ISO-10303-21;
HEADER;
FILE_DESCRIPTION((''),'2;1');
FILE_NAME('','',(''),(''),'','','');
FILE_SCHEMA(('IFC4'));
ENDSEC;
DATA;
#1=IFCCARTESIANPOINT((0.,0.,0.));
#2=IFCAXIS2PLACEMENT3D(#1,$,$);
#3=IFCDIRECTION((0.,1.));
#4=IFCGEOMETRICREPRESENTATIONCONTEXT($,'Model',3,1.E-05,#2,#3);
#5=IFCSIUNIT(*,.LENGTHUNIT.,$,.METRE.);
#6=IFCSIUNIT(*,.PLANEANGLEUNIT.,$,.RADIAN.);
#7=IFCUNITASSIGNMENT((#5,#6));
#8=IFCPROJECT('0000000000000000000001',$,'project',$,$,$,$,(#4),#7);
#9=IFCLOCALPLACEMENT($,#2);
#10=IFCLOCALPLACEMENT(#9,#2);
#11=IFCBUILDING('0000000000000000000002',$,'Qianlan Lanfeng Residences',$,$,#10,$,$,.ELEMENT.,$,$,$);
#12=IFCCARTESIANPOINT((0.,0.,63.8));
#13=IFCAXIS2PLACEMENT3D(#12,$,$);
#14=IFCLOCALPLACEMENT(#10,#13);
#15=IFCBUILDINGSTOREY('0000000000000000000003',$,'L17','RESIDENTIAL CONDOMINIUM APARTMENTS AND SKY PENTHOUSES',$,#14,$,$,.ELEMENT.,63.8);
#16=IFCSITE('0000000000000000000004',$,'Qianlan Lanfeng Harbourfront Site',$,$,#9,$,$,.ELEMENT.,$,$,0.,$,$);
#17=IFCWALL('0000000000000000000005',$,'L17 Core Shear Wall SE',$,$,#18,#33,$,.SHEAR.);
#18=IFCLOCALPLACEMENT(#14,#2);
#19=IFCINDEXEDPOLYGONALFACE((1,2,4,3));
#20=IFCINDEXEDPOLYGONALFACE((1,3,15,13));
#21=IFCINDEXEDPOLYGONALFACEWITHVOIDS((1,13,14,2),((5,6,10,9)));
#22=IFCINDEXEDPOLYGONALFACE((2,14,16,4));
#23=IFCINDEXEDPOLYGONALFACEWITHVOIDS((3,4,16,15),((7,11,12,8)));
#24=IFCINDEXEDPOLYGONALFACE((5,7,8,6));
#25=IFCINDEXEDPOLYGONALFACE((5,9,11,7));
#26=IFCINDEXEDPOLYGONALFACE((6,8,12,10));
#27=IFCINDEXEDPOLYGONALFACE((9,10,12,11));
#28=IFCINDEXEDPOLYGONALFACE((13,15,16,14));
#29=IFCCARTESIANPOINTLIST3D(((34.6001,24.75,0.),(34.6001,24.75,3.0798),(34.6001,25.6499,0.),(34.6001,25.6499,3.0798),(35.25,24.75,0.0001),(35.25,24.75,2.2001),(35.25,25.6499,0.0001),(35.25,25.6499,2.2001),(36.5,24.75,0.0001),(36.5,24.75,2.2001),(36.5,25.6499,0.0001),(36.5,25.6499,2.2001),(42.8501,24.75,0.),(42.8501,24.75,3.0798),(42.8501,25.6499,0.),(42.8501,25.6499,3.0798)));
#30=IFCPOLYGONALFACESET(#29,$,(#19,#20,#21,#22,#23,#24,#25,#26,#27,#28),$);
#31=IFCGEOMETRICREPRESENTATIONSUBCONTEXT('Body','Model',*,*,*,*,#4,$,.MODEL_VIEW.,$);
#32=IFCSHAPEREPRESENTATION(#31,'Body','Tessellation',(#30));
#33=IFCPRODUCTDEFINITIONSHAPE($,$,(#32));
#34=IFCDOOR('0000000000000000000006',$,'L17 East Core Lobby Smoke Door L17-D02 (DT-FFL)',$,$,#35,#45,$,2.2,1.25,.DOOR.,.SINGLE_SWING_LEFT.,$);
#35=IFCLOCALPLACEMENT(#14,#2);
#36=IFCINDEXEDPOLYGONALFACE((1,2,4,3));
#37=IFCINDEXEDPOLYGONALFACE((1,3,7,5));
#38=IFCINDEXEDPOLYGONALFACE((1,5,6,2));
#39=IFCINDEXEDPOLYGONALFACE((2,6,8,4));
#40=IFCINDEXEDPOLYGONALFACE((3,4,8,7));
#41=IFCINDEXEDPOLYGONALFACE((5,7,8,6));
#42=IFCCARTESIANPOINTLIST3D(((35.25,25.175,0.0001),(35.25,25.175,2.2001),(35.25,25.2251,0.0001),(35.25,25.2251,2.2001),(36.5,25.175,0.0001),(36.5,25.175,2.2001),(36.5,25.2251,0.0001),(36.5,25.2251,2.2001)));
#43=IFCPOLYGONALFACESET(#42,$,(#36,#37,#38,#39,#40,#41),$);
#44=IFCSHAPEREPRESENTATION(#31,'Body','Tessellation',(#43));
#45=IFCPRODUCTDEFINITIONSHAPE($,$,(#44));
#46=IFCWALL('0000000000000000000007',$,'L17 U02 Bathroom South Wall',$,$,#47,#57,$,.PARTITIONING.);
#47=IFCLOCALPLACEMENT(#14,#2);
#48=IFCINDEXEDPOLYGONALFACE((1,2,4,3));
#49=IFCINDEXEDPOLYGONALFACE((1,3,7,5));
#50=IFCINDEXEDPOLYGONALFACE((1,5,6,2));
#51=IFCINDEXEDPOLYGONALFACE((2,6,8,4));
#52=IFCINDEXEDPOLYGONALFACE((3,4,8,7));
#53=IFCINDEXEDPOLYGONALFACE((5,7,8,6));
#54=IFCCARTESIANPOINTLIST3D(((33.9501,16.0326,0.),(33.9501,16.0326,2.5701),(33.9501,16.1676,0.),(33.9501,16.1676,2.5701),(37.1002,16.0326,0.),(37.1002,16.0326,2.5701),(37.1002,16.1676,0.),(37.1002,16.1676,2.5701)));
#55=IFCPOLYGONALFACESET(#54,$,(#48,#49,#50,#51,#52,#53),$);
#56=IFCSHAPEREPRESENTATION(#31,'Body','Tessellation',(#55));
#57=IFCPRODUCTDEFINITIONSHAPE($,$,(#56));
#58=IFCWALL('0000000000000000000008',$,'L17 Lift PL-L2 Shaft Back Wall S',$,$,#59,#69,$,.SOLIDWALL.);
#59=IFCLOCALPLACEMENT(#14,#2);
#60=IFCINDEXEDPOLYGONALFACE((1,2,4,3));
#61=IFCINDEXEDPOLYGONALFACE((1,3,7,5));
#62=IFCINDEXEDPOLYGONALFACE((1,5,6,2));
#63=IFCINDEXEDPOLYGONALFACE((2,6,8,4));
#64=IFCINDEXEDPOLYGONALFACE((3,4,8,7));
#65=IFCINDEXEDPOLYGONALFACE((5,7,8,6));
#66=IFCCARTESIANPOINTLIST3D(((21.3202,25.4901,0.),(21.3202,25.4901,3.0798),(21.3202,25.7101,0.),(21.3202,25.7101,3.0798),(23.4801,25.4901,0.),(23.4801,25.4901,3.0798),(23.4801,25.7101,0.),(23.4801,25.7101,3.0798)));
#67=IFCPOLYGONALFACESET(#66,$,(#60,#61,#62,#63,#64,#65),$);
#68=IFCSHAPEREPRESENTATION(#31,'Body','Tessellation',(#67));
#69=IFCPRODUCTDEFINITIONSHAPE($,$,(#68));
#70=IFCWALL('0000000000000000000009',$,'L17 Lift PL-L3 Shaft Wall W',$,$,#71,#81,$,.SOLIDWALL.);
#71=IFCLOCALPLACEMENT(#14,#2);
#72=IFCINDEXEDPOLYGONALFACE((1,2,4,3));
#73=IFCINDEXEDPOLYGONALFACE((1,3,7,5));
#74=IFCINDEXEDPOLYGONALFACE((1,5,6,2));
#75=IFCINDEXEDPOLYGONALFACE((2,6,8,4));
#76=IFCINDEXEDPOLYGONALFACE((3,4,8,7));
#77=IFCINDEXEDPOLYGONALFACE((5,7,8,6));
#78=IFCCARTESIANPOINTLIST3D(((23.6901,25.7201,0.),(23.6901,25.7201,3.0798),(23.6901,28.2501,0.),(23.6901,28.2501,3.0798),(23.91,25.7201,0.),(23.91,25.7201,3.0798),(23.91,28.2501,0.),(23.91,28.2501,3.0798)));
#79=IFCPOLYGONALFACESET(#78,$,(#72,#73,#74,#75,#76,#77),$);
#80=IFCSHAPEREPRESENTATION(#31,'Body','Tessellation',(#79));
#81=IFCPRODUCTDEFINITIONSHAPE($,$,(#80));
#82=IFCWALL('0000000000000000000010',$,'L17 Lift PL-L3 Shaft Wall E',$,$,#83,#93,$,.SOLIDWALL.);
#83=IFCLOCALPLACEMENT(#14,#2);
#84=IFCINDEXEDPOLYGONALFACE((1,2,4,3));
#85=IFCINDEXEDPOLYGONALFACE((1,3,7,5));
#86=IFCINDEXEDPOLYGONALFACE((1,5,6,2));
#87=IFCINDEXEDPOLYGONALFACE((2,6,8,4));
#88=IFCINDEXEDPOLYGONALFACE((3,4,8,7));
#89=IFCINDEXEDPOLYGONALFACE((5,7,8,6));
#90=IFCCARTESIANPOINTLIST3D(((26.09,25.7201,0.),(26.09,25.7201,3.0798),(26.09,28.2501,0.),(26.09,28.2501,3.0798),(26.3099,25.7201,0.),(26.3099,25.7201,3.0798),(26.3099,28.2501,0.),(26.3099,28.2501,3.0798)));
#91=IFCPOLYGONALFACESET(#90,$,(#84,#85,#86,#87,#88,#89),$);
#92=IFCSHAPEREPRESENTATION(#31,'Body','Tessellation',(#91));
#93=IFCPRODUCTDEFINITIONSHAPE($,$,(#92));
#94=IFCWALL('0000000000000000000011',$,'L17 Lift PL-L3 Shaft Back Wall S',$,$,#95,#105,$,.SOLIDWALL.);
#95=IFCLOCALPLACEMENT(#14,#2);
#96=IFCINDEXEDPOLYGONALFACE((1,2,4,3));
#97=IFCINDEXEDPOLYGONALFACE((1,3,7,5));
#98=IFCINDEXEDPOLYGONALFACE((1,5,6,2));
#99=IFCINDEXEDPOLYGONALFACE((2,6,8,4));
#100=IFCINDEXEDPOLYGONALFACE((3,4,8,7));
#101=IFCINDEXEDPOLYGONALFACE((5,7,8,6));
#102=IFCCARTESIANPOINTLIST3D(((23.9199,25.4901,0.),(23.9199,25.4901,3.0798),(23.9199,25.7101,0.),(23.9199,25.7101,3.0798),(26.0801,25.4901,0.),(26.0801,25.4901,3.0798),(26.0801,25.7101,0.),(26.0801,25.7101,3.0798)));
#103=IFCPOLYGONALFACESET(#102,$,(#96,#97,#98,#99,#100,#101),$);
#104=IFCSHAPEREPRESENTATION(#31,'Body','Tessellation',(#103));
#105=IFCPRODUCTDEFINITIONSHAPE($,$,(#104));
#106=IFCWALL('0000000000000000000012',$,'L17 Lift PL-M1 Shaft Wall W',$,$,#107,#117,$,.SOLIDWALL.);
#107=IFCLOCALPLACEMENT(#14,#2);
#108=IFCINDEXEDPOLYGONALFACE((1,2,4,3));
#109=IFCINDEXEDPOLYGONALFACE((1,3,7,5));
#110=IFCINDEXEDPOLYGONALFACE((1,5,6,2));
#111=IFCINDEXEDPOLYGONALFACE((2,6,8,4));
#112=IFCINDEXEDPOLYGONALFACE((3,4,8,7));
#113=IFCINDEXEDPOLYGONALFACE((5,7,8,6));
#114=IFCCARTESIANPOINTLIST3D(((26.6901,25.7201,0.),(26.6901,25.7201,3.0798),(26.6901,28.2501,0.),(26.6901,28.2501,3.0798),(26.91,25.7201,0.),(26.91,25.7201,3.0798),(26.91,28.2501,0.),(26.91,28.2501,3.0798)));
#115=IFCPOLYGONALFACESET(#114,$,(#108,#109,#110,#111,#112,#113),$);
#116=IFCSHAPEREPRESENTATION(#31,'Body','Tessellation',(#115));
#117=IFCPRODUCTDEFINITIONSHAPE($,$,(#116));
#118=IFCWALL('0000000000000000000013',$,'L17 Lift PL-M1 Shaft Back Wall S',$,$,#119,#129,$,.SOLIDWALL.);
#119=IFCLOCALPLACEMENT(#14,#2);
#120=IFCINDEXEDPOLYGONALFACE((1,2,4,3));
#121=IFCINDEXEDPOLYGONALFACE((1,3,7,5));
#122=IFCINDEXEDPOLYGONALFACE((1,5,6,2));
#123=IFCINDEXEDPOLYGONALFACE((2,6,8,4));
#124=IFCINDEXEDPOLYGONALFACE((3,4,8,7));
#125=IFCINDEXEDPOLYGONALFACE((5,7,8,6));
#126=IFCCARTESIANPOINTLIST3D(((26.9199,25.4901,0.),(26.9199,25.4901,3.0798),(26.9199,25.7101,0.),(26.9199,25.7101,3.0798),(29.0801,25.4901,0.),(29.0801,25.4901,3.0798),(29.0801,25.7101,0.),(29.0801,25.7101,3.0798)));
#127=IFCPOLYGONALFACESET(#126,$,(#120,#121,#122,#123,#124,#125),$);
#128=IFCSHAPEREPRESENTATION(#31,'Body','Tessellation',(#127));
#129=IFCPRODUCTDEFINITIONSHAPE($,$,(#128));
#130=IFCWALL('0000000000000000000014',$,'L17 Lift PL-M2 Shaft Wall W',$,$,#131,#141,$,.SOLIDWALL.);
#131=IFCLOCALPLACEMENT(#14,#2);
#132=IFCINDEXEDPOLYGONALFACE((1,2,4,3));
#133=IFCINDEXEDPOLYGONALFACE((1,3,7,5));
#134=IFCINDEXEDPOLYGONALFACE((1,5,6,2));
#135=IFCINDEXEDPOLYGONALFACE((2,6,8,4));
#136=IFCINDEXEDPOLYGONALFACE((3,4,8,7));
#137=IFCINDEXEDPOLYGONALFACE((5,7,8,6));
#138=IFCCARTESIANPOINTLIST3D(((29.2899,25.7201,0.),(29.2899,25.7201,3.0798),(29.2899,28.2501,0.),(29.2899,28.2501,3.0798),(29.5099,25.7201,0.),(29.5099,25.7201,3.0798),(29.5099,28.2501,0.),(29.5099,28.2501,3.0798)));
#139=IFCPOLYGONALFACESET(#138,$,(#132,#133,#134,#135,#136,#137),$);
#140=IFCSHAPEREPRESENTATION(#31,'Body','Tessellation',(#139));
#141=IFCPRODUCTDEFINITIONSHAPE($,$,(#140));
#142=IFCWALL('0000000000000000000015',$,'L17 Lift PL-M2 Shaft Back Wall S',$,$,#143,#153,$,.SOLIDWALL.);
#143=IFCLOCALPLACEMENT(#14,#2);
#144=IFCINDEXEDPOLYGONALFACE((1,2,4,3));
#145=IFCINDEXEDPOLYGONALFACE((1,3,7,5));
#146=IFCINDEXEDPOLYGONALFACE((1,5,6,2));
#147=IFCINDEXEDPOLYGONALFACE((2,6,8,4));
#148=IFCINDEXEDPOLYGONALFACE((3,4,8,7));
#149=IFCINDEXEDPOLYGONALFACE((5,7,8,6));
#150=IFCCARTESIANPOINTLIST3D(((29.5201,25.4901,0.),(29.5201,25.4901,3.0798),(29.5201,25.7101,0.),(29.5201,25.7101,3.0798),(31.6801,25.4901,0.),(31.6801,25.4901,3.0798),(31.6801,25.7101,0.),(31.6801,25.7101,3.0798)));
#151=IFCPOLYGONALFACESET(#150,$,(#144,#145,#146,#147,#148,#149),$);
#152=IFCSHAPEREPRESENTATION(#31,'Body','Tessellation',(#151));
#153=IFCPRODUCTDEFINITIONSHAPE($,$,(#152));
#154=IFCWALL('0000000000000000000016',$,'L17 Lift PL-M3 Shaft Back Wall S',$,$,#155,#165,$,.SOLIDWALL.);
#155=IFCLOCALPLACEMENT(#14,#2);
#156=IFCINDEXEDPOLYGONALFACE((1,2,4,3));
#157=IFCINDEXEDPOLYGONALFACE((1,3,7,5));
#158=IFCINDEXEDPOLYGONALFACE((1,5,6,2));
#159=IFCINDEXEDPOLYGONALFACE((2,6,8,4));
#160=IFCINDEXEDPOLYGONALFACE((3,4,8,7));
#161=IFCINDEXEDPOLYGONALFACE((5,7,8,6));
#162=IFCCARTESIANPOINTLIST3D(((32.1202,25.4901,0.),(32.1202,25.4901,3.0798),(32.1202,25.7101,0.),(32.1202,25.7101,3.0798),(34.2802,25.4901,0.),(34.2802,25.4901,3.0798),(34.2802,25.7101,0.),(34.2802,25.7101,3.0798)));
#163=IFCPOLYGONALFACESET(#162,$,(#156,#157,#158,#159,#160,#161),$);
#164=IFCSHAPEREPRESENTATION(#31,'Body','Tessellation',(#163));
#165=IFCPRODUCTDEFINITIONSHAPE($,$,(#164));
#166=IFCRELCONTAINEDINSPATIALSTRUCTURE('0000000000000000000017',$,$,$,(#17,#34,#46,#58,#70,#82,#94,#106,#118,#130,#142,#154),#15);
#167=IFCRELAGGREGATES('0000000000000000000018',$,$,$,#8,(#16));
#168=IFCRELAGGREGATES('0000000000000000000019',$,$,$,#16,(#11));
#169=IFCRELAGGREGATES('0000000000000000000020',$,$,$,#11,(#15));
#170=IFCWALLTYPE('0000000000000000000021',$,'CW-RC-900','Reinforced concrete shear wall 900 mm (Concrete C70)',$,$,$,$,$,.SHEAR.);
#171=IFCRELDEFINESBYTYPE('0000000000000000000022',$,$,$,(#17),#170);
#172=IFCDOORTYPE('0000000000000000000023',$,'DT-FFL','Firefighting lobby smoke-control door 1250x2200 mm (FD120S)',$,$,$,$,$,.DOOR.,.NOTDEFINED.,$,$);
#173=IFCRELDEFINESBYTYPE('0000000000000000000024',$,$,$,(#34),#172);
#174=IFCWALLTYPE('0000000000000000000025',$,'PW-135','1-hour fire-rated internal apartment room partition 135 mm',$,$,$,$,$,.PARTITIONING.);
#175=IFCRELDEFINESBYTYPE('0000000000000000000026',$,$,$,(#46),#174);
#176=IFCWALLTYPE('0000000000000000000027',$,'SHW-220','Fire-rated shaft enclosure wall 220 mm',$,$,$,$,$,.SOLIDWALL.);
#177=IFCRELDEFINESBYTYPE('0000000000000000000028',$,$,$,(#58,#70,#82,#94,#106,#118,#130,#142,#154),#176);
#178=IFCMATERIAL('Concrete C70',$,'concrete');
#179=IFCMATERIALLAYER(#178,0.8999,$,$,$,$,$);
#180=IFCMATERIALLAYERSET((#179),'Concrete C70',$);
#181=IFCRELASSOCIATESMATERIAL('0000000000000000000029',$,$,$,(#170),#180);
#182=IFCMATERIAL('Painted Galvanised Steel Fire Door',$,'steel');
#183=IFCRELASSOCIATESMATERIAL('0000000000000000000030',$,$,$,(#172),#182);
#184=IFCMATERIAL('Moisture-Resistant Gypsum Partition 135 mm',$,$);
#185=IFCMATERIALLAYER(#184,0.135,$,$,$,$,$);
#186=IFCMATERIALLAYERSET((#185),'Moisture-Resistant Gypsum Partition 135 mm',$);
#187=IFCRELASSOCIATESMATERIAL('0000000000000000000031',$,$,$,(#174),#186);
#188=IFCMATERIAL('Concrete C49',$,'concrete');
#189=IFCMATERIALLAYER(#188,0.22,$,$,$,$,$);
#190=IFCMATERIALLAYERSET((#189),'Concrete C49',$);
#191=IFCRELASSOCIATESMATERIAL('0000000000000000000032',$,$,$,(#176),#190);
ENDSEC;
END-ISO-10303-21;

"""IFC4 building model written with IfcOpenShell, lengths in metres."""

from ifc_helpers import new_model, si_unit, direction, frame, frame_2d, origin, place, context, subcontext, project, spatial, rectangle, extrude, material, layer, layer_set, type_object, element, fill, save


model = new_model("IFC4")

# Units and contexts
model_context = context("Model", 3, precision=1e-05, world=origin(), true_north=direction((0.0, 1.0)))
body_context = subcontext(model_context, "Body", "Model", "MODEL_VIEW")
ifc_project = project(units=[si_unit("LENGTHUNIT", "METRE"), si_unit("PLANEANGLEUNIT", "RADIAN")], contexts=[model_context])

# Site, building, storey
site_placement = place(None, origin())
site = spatial("IfcSite", under=ifc_project, at=site_placement, Name="Qianlan Lanfeng Harbourfront Site", CompositionType="ELEMENT", RefElevation=0.0)
building_placement = place(site_placement, origin())
building = spatial("IfcBuilding", under=site, at=building_placement, Name="Qianlan Lanfeng Residences", CompositionType="ELEMENT")
storey_placement = place(building_placement, frame((0.0, 0.0, 63.8)))
storey = spatial("IfcBuildingStorey", under=building, at=storey_placement, Name="L17", Description="RESIDENTIAL CONDOMINIUM APARTMENTS AND SKY PENTHOUSES", CompositionType="ELEMENT", Elevation=63.8)

# Wall, opening, door
ifc_material_1 = material(Name="Concrete C70", Category="concrete")
ifc_layer_1 = layer(ifc_material_1, 0.8999)
ifc_layer_set_1 = layer_set([ifc_layer_1], Name="Concrete C70")
wall_type_1 = type_object("IfcWallType", Name="CW-RC-900", Description="Reinforced concrete shear wall 900 mm (Concrete C70)", PredefinedType="SHEAR", material=ifc_layer_set_1)
wall_1_placement = place(storey_placement, frame((34.6001, 25.2, 0.0), z_axis=(0.0, 0.0, 1.0), x_axis=(1.0, 0.0, 0.0)))
wall_1 = element("IfcWall", 1, at=wall_1_placement, inside=storey, type_object=wall_type_1, Name="L17 Core Shear Wall SE", PredefinedType="SHEAR", context=body_context, shape_type="SweptSolid", body=[
    extrude(rectangle(XDim=8.25, YDim=0.8999, at=frame_2d((4.125, 0.0))), origin(), (0.0, 0.0, 1.0), 3.0798),
])
opening_1_placement = place(wall_1_placement, frame((0.6499, 0.0, 0.0)))
opening_1 = element("IfcOpeningElement", 2, at=opening_1_placement, cuts=wall_1, PredefinedType="OPENING", context=body_context, shape_type="SweptSolid", body=[
    extrude(rectangle(XDim=1.25, YDim=2.2, at=frame_2d((0.625, 1.1001))), frame((0.0, 0.46, 0.0), z_axis=(0.0, -1.0, 0.0), x_axis=(1.0, 0.0, 0.0)), (0.0, 0.0, 1.0), 0.9199),
])
ifc_material_2 = material(Name="Painted Galvanised Steel Fire Door", Category="steel")
door_type_1 = type_object("IfcDoorType", Name="DT-FFL", Description="Firefighting lobby smoke-control door 1250x2200 mm (FD120S)", OperationType="NOTDEFINED", PredefinedType="DOOR", material=ifc_material_2)
door_1_placement = place(opening_1_placement, frame((1.25, 0.0, 0.0), z_axis=(0.0, 0.0, 1.0), x_axis=(-1.0, 0.0, 0.0)))
door_1 = element("IfcDoor", 3, at=door_1_placement, inside=storey, type_object=door_type_1, Name="L17 East Core Lobby Smoke Door L17-D02 (DT-FFL)", OperationType="SINGLE_SWING_LEFT", OverallHeight=2.2, OverallWidth=1.25, PredefinedType="DOOR", context=body_context, shape_type="SweptSolid", body=[
    extrude(rectangle(XDim=1.25, YDim=2.2, at=frame_2d((0.625, 1.1001))), frame((0.0, 0.0249, 0.0), z_axis=(0.0, -1.0, 0.0), x_axis=(1.0, 0.0, 0.0)), (0.0, 0.0, 1.0), 0.05),
])
fill(opening_1, door_1)

# Wall
ifc_material_3 = material(Name="Moisture-Resistant Gypsum Partition 135 mm")
ifc_layer_2 = layer(ifc_material_3, 0.135)
ifc_layer_set_2 = layer_set([ifc_layer_2], Name="Moisture-Resistant Gypsum Partition 135 mm")
wall_type_2 = type_object("IfcWallType", Name="PW-135", Description="1-hour fire-rated internal apartment room partition 135 mm", PredefinedType="PARTITIONING", material=ifc_layer_set_2)
wall_2_placement = place(storey_placement, frame((33.95, 16.1001, 0.0), z_axis=(0.0, 0.0, 1.0), x_axis=(1.0, 0.0, 0.0)))
element("IfcWall", 4, at=wall_2_placement, inside=storey, type_object=wall_type_2, Name="L17 U02 Bathroom South Wall", PredefinedType="PARTITIONING", context=body_context, shape_type="SweptSolid", body=[
    extrude(rectangle(XDim=3.1501, YDim=0.135, at=frame_2d((1.5752, 0.0))), origin(), (0.0, 0.0, 1.0), 2.5701),
])

# Walls
ifc_material_4 = material(Name="Concrete C49", Category="concrete")
ifc_layer_3 = layer(ifc_material_4, 0.22)
ifc_layer_set_3 = layer_set([ifc_layer_3], Name="Concrete C49")
wall_type_3 = type_object("IfcWallType", Name="SHW-220", Description="Fire-rated shaft enclosure wall 220 mm", PredefinedType="SOLIDWALL", material=ifc_layer_set_3)
wall_3_placement = place(storey_placement, frame((21.3201, 25.6001, 0.0), z_axis=(0.0, 0.0, 1.0), x_axis=(1.0, 0.0, 0.0)))
element("IfcWall", 5, at=wall_3_placement, inside=storey, type_object=wall_type_3, Name="L17 Lift PL-L2 Shaft Back Wall S", PredefinedType="SOLIDWALL", context=body_context, shape_type="SweptSolid", body=[
    extrude(rectangle(XDim=2.1599, YDim=0.22, at=frame_2d((1.0801, 0.0))), origin(), (0.0, 0.0, 1.0), 3.0798),
])
for number, where, z_axis, x_axis, name in (
    (6, (23.8, 25.72, 0.0), (0.0, 0.0, 1.0), (0.0, 1.0, 0.0), "L17 Lift PL-L3 Shaft Wall W"),
    (7, (26.2, 25.72, 0.0), (0.0, 0.0, 1.0), (0.0, 1.0, 0.0), "L17 Lift PL-L3 Shaft Wall E"),
):
    element("IfcWall", number, at=place(storey_placement, frame(where, z_axis=z_axis, x_axis=x_axis)), inside=storey, type_object=wall_type_3, Name=name, PredefinedType="SOLIDWALL", context=body_context, shape_type="SweptSolid", body=[
        extrude(rectangle(XDim=2.53, YDim=0.22, at=frame_2d((1.2651, 0.0))), origin(), (0.0, 0.0, 1.0), 3.0798),
    ])
wall_4_placement = place(storey_placement, frame((23.9199, 25.6001, 0.0), z_axis=(0.0, 0.0, 1.0), x_axis=(1.0, 0.0, 0.0)))
element("IfcWall", 8, at=wall_4_placement, inside=storey, type_object=wall_type_3, Name="L17 Lift PL-L3 Shaft Back Wall S", PredefinedType="SOLIDWALL", context=body_context, shape_type="SweptSolid", body=[
    extrude(rectangle(XDim=2.1602, YDim=0.22, at=frame_2d((1.0801, 0.0))), origin(), (0.0, 0.0, 1.0), 3.0798),
])
wall_5_placement = place(storey_placement, frame((26.8, 25.72, 0.0), z_axis=(0.0, 0.0, 1.0), x_axis=(0.0, 1.0, 0.0)))
element("IfcWall", 9, at=wall_5_placement, inside=storey, type_object=wall_type_3, Name="L17 Lift PL-M1 Shaft Wall W", PredefinedType="SOLIDWALL", context=body_context, shape_type="SweptSolid", body=[
    extrude(rectangle(XDim=2.53, YDim=0.22, at=frame_2d((1.2651, 0.0))), origin(), (0.0, 0.0, 1.0), 3.0798),
])
wall_6_placement = place(storey_placement, frame((26.9199, 25.6001, 0.0), z_axis=(0.0, 0.0, 1.0), x_axis=(1.0, 0.0, 0.0)))
element("IfcWall", 10, at=wall_6_placement, inside=storey, type_object=wall_type_3, Name="L17 Lift PL-M1 Shaft Back Wall S", PredefinedType="SOLIDWALL", context=body_context, shape_type="SweptSolid", body=[
    extrude(rectangle(XDim=2.1602, YDim=0.22, at=frame_2d((1.0801, 0.0))), origin(), (0.0, 0.0, 1.0), 3.0798),
])
wall_7_placement = place(storey_placement, frame((29.3999, 25.72, 0.0), z_axis=(0.0, 0.0, 1.0), x_axis=(0.0, 1.0, 0.0)))
element("IfcWall", 11, at=wall_7_placement, inside=storey, type_object=wall_type_3, Name="L17 Lift PL-M2 Shaft Wall W", PredefinedType="SOLIDWALL", context=body_context, shape_type="SweptSolid", body=[
    extrude(rectangle(XDim=2.53, YDim=0.22, at=frame_2d((1.2651, 0.0))), origin(), (0.0, 0.0, 1.0), 3.0798),
])
for number, where, z_axis, x_axis, name in (
    (12, (29.52, 25.6001, 0.0), (0.0, 0.0, 1.0), (1.0, 0.0, 0.0), "L17 Lift PL-M2 Shaft Back Wall S"),
    (13, (32.1201, 25.6001, 0.0), (0.0, 0.0, 1.0), (1.0, 0.0, 0.0), "L17 Lift PL-M3 Shaft Back Wall S"),
):
    element("IfcWall", number, at=place(storey_placement, frame(where, z_axis=z_axis, x_axis=x_axis)), inside=storey, type_object=wall_type_3, Name=name, PredefinedType="SOLIDWALL", context=body_context, shape_type="SweptSolid", body=[
        extrude(rectangle(XDim=2.1599, YDim=0.22, at=frame_2d((1.0801, 0.0))), origin(), (0.0, 0.0, 1.0), 3.0798),
    ])

save(model, "model.ifc")
